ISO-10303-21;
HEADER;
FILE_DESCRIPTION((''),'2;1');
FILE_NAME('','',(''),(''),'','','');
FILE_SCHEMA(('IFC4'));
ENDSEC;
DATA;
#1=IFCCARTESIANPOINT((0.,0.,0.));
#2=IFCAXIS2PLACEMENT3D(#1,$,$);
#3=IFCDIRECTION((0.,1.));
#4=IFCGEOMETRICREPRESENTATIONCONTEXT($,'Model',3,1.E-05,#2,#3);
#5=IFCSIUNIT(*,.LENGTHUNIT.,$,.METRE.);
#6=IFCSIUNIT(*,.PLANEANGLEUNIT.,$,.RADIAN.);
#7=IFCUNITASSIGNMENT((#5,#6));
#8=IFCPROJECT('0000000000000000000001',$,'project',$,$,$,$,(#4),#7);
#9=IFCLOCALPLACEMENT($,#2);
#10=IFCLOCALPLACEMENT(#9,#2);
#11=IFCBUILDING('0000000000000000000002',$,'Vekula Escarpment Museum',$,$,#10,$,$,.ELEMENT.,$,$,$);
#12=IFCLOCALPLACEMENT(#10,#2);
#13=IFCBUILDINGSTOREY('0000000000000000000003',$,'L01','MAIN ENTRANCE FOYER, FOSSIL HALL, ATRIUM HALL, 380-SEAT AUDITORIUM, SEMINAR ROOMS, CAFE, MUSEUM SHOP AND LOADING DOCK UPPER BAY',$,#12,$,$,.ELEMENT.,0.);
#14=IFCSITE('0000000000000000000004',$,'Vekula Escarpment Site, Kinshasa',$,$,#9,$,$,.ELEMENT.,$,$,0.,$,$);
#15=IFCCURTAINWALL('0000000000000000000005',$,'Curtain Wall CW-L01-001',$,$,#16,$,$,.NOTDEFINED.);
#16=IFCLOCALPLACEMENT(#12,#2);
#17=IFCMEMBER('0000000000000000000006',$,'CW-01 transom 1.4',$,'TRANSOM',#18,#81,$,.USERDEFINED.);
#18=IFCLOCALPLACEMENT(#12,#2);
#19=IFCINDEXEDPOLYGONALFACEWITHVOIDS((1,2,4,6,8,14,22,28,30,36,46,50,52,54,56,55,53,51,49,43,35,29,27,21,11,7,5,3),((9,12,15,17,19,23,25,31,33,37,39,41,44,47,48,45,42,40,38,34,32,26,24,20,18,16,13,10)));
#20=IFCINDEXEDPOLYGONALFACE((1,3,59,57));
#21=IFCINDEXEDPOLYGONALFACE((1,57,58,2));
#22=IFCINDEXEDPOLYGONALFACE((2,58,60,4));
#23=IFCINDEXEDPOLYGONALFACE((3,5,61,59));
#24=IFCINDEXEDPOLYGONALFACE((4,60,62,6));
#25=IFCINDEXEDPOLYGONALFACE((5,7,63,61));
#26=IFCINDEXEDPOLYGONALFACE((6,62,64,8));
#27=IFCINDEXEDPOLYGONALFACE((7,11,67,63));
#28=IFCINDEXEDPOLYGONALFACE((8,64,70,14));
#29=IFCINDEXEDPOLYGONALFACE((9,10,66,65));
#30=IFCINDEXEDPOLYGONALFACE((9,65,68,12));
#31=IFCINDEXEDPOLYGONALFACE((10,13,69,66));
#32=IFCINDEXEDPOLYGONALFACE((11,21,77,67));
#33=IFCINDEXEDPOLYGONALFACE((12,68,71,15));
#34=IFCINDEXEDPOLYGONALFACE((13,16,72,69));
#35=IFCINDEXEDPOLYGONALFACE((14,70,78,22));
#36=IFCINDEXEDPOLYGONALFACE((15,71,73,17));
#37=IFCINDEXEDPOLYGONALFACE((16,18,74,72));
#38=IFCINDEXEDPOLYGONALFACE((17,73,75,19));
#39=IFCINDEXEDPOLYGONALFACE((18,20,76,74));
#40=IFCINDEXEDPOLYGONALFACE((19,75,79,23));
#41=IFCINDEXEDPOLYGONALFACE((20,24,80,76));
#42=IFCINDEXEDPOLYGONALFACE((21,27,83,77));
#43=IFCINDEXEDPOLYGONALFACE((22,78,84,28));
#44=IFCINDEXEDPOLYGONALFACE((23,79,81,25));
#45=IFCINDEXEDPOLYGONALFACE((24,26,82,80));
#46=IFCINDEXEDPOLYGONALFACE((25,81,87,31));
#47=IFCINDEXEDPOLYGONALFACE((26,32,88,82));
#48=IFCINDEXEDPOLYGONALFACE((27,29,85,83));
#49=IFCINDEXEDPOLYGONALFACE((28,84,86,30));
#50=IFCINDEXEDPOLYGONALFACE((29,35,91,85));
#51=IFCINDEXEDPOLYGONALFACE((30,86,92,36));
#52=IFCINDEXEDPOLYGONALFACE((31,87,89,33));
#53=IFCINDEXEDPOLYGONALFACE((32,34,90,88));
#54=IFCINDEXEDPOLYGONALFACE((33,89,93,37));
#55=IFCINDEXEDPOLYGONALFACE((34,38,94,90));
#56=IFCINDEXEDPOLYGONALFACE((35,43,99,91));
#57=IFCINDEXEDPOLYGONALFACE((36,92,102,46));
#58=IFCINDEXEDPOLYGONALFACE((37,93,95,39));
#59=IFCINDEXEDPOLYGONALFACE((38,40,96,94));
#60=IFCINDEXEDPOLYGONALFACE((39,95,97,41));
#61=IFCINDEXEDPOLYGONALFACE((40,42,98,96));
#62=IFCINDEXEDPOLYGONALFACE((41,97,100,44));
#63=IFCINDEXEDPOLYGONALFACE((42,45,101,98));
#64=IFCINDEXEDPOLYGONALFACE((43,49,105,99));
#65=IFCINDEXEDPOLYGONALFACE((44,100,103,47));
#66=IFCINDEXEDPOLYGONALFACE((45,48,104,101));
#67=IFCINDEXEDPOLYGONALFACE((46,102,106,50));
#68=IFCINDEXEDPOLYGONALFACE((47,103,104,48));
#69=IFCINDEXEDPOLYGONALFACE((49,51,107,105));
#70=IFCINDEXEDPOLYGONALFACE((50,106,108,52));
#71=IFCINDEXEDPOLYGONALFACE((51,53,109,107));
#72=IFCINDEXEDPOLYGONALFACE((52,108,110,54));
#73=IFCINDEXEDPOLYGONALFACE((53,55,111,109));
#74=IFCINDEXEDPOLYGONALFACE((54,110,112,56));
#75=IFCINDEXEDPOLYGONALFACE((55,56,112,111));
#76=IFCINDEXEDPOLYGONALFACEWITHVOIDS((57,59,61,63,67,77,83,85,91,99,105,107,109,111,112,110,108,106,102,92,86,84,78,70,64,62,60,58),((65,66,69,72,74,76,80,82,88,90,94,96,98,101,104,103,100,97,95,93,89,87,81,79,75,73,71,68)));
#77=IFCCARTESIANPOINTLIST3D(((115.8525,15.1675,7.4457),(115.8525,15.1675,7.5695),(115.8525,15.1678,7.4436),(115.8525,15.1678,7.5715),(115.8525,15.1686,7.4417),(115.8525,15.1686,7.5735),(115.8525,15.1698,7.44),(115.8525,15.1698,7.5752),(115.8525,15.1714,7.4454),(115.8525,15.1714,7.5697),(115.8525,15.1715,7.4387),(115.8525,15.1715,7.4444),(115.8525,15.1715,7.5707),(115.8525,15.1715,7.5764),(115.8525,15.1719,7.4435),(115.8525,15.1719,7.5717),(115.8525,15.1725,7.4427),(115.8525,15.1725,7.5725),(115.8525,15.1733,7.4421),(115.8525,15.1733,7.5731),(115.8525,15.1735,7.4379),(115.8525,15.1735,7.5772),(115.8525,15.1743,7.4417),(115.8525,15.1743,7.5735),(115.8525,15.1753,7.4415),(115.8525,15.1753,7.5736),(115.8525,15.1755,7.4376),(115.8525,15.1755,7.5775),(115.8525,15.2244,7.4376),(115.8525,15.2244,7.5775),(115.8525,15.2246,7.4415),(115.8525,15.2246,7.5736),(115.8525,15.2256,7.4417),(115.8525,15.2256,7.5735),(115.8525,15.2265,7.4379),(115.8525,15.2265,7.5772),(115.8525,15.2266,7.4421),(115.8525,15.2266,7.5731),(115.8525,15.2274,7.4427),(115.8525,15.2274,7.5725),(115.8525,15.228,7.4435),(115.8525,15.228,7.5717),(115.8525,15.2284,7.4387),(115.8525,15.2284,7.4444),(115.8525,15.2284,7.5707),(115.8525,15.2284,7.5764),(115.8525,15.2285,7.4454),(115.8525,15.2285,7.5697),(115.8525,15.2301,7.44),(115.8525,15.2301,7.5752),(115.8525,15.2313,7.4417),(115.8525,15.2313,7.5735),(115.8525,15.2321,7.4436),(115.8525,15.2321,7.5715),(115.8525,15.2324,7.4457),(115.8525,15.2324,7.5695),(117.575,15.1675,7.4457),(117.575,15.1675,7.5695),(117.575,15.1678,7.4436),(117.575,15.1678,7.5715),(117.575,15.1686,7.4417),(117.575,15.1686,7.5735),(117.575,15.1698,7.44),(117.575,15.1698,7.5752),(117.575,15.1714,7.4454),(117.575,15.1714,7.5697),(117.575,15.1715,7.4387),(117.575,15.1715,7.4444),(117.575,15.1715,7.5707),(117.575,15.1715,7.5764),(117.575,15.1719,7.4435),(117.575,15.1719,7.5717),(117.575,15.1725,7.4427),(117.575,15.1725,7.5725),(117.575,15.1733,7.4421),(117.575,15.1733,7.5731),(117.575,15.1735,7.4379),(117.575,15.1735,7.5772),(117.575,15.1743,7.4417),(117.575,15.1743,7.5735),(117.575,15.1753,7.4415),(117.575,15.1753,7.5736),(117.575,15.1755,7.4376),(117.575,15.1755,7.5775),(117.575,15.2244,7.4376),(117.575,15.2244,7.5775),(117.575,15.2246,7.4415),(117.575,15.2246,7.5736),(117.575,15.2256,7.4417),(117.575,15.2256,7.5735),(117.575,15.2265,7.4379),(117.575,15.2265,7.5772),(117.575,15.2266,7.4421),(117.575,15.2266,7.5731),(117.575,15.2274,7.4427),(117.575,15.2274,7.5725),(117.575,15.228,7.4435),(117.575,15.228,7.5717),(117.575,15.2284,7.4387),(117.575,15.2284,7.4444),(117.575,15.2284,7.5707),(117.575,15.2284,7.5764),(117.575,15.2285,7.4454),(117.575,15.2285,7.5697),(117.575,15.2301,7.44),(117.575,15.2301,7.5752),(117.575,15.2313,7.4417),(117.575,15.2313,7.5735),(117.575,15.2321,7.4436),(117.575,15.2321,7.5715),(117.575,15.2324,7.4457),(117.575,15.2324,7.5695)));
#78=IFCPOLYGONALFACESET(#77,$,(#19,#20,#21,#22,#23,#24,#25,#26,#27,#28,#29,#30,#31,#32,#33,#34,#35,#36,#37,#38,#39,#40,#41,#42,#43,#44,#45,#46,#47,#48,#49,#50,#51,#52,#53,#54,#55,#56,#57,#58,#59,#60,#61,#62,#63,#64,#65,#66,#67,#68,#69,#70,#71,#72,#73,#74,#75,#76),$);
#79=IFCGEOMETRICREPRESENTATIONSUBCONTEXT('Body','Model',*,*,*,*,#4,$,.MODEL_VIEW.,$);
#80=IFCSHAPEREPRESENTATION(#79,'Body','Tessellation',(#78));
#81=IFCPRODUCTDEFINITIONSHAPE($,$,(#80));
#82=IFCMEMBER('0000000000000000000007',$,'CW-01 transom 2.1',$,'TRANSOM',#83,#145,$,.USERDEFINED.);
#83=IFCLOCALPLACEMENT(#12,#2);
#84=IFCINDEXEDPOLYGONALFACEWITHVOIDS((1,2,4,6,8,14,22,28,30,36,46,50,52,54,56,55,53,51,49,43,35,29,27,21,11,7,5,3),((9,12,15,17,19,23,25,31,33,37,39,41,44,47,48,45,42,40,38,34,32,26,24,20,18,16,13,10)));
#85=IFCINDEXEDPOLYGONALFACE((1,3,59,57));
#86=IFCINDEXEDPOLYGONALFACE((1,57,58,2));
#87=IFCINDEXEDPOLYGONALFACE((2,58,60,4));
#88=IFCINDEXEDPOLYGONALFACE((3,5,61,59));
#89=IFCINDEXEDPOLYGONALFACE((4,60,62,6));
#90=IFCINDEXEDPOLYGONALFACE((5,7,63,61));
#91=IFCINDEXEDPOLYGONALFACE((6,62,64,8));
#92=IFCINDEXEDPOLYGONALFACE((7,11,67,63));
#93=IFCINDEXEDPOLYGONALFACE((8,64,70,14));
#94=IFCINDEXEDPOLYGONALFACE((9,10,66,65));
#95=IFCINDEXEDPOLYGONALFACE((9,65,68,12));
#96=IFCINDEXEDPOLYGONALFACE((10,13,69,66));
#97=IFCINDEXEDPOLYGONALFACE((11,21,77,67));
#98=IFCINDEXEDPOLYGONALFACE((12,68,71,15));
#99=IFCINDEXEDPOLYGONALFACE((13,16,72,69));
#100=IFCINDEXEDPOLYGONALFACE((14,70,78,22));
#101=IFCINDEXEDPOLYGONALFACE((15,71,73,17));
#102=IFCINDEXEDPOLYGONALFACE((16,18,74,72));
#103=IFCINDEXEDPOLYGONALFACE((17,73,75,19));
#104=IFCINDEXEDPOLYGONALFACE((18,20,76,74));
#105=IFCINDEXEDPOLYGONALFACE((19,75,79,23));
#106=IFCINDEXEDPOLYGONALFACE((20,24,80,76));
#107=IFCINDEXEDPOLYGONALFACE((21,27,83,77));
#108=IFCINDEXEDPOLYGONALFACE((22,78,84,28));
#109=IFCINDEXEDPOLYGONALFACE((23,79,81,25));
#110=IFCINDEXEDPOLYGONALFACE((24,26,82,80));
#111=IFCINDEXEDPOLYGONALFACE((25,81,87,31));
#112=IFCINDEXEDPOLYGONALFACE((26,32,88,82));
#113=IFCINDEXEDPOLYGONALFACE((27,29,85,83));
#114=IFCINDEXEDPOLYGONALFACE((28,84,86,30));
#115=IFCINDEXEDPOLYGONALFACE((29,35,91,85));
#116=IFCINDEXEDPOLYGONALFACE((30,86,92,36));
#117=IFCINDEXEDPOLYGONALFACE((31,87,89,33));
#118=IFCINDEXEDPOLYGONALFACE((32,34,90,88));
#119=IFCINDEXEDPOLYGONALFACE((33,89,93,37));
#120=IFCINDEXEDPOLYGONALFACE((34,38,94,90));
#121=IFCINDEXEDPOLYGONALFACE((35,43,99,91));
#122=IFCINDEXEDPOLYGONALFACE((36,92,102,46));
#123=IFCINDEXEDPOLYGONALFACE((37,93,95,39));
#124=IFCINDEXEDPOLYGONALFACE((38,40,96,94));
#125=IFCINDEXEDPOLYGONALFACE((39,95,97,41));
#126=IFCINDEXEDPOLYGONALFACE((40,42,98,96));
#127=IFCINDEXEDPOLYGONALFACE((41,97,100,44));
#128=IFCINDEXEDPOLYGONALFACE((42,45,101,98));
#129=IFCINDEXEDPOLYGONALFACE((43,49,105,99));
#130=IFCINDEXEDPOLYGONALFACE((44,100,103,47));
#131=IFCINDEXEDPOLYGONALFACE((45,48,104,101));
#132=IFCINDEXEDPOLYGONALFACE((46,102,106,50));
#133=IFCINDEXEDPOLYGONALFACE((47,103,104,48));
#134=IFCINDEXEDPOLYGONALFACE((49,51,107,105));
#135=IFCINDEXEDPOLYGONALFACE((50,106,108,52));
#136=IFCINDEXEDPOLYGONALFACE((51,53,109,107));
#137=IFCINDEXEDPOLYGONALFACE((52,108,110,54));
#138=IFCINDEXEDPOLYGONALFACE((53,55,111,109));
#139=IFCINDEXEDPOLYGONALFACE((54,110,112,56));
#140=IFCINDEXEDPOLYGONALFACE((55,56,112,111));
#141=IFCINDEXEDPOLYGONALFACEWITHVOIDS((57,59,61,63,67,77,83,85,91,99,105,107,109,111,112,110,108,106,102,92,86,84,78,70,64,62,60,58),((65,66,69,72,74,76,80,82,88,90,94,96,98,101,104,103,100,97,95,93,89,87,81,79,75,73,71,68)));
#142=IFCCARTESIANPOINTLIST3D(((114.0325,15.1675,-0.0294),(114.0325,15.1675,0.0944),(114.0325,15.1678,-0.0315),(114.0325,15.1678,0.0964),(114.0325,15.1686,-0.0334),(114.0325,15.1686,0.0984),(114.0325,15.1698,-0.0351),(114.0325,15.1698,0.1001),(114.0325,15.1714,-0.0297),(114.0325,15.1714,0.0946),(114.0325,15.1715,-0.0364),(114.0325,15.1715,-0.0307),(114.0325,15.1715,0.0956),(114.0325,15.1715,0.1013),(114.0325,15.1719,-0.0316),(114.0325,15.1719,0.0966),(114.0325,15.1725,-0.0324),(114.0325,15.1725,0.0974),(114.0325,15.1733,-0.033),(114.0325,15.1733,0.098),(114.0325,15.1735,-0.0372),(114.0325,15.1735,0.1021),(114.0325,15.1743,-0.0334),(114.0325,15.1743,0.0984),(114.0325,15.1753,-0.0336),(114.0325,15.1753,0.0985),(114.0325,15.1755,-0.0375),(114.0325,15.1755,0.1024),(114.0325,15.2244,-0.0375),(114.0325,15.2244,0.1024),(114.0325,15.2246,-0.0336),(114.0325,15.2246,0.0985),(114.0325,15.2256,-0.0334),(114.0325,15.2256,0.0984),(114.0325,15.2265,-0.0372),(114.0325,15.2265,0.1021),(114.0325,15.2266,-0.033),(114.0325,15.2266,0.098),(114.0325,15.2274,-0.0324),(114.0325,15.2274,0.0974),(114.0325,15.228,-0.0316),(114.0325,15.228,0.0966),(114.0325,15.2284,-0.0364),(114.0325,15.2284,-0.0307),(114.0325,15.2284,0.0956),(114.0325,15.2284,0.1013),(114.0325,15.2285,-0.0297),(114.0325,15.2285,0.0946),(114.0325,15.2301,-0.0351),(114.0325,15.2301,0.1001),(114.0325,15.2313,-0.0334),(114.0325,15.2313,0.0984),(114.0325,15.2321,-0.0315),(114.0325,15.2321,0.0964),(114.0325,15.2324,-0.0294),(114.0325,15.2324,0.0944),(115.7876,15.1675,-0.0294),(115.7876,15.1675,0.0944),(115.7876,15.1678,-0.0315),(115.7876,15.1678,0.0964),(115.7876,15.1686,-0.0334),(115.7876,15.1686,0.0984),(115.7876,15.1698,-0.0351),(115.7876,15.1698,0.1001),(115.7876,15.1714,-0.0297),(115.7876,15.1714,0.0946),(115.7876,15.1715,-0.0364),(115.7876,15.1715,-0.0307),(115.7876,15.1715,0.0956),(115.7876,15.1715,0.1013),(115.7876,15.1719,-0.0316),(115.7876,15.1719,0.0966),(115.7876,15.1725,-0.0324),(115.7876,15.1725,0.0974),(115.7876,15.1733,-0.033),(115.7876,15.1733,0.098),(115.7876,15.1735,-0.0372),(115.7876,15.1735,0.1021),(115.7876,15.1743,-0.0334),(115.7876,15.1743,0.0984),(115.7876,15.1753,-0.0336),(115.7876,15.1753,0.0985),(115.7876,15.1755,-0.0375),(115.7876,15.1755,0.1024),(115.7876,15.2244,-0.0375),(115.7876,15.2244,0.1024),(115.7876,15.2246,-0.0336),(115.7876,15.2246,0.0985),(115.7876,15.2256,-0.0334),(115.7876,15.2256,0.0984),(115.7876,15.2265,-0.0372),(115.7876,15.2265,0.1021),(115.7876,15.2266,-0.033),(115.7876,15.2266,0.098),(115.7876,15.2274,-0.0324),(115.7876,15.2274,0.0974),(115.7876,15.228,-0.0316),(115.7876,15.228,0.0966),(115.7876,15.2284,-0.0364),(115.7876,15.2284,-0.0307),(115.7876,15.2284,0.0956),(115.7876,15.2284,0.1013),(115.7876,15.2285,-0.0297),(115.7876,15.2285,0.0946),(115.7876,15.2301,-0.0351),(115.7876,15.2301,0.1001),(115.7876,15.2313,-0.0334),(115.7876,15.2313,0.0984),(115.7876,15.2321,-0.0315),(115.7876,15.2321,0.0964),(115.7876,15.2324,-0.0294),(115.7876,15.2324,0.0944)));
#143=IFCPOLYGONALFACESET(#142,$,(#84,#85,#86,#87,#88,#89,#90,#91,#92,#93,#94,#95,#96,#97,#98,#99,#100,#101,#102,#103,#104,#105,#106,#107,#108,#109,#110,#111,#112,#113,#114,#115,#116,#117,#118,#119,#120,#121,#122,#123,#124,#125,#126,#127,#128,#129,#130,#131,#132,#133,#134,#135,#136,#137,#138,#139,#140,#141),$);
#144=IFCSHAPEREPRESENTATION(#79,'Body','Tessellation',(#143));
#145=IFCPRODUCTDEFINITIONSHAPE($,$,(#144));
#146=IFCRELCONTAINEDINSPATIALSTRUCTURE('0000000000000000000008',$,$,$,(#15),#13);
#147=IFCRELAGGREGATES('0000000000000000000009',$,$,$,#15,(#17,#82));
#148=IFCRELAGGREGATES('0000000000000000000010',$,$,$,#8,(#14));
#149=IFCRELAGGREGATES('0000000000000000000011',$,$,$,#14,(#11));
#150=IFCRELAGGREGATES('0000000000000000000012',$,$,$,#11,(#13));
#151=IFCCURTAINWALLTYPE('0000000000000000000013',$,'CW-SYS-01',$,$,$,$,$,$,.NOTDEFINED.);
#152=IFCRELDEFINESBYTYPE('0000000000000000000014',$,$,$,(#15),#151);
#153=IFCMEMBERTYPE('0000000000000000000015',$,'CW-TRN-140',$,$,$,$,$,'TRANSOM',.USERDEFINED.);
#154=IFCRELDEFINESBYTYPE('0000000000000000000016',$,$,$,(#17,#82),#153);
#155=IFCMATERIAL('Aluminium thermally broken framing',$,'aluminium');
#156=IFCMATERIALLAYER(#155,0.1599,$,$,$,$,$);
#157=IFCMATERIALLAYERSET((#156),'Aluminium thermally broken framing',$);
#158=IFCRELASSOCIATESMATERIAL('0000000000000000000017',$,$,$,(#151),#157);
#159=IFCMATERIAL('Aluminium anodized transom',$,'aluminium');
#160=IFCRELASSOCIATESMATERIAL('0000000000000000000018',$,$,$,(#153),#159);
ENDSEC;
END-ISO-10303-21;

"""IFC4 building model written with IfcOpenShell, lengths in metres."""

from ifc_helpers import new_model, si_unit, direction, frame, origin, origin_2d, place, context, subcontext, project, spatial, hollow_rectangle, extrude, material, layer, layer_set, material_profile, profile_set, type_object, element, aggregate, save


model = new_model("IFC4")

# Units and contexts
model_context = context("Model", 3, precision=1e-05, world=origin(), true_north=direction((0.0, 1.0)))
body_context = subcontext(model_context, "Body", "Model", "MODEL_VIEW")
ifc_project = project(units=[si_unit("LENGTHUNIT", "METRE"), si_unit("PLANEANGLEUNIT", "RADIAN")], contexts=[model_context])

# Site, building, storey
site_placement = place(None, origin())
site = spatial("IfcSite", under=ifc_project, at=site_placement, Name="Vekula Escarpment Site, Kinshasa", CompositionType="ELEMENT", RefElevation=0.0)
building_placement = place(site_placement, origin())
building = spatial("IfcBuilding", under=site, at=building_placement, Name="Vekula Escarpment Museum", CompositionType="ELEMENT")
storey_placement = place(building_placement, origin())
storey = spatial("IfcBuildingStorey", under=building, at=storey_placement, Name="L01", Description="MAIN ENTRANCE FOYER, FOSSIL HALL, ATRIUM HALL, 380-SEAT AUDITORIUM, SEMINAR ROOMS, CAFE, MUSEUM SHOP AND LOADING DOCK UPPER BAY", CompositionType="ELEMENT", Elevation=0.0)

# Curtain wall, members
ifc_material_1 = material(Name="Aluminium thermally broken framing", Category="aluminium")
ifc_layer_1 = layer(ifc_material_1, 0.1599)
ifc_layer_set_1 = layer_set([ifc_layer_1], Name="Aluminium thermally broken framing")
curtain_wall_type = type_object("IfcCurtainWallType", Name="CW-SYS-01", PredefinedType="NOTDEFINED", material=ifc_layer_set_1)
curtain_wall_placement = place(storey_placement, origin())
curtain_wall = element("IfcCurtainWall", 1, at=curtain_wall_placement, inside=storey, type_object=curtain_wall_type, Name="Curtain Wall CW-L01-001", PredefinedType="NOTDEFINED")
ifc_material_2 = material(Name="Aluminium anodized transom", Category="aluminium")
ifc_material_profile_1 = material_profile(ifc_material_2, hollow_rectangle(XDim=0.0649, YDim=0.1399, WallThickness=0.0039, InnerFilletRadius=0.0039, OuterFilletRadius=0.0081, at=origin_2d()), Name="ALU 140x65x4")
ifc_profile_set_1 = profile_set([ifc_material_profile_1], Name="Aluminium anodized transom")
member_type_1 = type_object("IfcMemberType", Name="CW-TRN-140", ElementType="TRANSOM", PredefinedType="USERDEFINED", material=ifc_profile_set_1)
member_1_placement = place(storey_placement, frame((117.575, 15.2, 7.5076), z_axis=(-1.0, 0.0, 0.0), x_axis=(0.0, -1.0, 0.0)))
member_1 = element("IfcMember", 2, at=member_1_placement, type_object=member_type_1, Name="CW-01 transom 1.4", ObjectType="TRANSOM", PredefinedType="USERDEFINED", context=body_context, shape_type="SweptSolid", body=[
    extrude(hollow_rectangle(XDim=0.0649, YDim=0.1399, WallThickness=0.0039, InnerFilletRadius=0.0039, OuterFilletRadius=0.0081, at=origin_2d()), origin(), (0.0, 0.0, 1.0), 1.7224),
])
member_2_placement = place(storey_placement, frame((115.7876, 15.2, 0.0325), z_axis=(-1.0, 0.0, 0.0), x_axis=(0.0, -1.0, 0.0)))
member_2 = element("IfcMember", 3, at=member_2_placement, type_object=member_type_1, Name="CW-01 transom 2.1", ObjectType="TRANSOM", PredefinedType="USERDEFINED", context=body_context, shape_type="SweptSolid", body=[
    extrude(hollow_rectangle(XDim=0.0649, YDim=0.1399, WallThickness=0.0039, InnerFilletRadius=0.0039, OuterFilletRadius=0.0081, at=origin_2d()), origin(), (0.0, 0.0, 1.0), 1.7551),
])
aggregate(curtain_wall, [member_1, member_2])

save(model, "model.ifc")
